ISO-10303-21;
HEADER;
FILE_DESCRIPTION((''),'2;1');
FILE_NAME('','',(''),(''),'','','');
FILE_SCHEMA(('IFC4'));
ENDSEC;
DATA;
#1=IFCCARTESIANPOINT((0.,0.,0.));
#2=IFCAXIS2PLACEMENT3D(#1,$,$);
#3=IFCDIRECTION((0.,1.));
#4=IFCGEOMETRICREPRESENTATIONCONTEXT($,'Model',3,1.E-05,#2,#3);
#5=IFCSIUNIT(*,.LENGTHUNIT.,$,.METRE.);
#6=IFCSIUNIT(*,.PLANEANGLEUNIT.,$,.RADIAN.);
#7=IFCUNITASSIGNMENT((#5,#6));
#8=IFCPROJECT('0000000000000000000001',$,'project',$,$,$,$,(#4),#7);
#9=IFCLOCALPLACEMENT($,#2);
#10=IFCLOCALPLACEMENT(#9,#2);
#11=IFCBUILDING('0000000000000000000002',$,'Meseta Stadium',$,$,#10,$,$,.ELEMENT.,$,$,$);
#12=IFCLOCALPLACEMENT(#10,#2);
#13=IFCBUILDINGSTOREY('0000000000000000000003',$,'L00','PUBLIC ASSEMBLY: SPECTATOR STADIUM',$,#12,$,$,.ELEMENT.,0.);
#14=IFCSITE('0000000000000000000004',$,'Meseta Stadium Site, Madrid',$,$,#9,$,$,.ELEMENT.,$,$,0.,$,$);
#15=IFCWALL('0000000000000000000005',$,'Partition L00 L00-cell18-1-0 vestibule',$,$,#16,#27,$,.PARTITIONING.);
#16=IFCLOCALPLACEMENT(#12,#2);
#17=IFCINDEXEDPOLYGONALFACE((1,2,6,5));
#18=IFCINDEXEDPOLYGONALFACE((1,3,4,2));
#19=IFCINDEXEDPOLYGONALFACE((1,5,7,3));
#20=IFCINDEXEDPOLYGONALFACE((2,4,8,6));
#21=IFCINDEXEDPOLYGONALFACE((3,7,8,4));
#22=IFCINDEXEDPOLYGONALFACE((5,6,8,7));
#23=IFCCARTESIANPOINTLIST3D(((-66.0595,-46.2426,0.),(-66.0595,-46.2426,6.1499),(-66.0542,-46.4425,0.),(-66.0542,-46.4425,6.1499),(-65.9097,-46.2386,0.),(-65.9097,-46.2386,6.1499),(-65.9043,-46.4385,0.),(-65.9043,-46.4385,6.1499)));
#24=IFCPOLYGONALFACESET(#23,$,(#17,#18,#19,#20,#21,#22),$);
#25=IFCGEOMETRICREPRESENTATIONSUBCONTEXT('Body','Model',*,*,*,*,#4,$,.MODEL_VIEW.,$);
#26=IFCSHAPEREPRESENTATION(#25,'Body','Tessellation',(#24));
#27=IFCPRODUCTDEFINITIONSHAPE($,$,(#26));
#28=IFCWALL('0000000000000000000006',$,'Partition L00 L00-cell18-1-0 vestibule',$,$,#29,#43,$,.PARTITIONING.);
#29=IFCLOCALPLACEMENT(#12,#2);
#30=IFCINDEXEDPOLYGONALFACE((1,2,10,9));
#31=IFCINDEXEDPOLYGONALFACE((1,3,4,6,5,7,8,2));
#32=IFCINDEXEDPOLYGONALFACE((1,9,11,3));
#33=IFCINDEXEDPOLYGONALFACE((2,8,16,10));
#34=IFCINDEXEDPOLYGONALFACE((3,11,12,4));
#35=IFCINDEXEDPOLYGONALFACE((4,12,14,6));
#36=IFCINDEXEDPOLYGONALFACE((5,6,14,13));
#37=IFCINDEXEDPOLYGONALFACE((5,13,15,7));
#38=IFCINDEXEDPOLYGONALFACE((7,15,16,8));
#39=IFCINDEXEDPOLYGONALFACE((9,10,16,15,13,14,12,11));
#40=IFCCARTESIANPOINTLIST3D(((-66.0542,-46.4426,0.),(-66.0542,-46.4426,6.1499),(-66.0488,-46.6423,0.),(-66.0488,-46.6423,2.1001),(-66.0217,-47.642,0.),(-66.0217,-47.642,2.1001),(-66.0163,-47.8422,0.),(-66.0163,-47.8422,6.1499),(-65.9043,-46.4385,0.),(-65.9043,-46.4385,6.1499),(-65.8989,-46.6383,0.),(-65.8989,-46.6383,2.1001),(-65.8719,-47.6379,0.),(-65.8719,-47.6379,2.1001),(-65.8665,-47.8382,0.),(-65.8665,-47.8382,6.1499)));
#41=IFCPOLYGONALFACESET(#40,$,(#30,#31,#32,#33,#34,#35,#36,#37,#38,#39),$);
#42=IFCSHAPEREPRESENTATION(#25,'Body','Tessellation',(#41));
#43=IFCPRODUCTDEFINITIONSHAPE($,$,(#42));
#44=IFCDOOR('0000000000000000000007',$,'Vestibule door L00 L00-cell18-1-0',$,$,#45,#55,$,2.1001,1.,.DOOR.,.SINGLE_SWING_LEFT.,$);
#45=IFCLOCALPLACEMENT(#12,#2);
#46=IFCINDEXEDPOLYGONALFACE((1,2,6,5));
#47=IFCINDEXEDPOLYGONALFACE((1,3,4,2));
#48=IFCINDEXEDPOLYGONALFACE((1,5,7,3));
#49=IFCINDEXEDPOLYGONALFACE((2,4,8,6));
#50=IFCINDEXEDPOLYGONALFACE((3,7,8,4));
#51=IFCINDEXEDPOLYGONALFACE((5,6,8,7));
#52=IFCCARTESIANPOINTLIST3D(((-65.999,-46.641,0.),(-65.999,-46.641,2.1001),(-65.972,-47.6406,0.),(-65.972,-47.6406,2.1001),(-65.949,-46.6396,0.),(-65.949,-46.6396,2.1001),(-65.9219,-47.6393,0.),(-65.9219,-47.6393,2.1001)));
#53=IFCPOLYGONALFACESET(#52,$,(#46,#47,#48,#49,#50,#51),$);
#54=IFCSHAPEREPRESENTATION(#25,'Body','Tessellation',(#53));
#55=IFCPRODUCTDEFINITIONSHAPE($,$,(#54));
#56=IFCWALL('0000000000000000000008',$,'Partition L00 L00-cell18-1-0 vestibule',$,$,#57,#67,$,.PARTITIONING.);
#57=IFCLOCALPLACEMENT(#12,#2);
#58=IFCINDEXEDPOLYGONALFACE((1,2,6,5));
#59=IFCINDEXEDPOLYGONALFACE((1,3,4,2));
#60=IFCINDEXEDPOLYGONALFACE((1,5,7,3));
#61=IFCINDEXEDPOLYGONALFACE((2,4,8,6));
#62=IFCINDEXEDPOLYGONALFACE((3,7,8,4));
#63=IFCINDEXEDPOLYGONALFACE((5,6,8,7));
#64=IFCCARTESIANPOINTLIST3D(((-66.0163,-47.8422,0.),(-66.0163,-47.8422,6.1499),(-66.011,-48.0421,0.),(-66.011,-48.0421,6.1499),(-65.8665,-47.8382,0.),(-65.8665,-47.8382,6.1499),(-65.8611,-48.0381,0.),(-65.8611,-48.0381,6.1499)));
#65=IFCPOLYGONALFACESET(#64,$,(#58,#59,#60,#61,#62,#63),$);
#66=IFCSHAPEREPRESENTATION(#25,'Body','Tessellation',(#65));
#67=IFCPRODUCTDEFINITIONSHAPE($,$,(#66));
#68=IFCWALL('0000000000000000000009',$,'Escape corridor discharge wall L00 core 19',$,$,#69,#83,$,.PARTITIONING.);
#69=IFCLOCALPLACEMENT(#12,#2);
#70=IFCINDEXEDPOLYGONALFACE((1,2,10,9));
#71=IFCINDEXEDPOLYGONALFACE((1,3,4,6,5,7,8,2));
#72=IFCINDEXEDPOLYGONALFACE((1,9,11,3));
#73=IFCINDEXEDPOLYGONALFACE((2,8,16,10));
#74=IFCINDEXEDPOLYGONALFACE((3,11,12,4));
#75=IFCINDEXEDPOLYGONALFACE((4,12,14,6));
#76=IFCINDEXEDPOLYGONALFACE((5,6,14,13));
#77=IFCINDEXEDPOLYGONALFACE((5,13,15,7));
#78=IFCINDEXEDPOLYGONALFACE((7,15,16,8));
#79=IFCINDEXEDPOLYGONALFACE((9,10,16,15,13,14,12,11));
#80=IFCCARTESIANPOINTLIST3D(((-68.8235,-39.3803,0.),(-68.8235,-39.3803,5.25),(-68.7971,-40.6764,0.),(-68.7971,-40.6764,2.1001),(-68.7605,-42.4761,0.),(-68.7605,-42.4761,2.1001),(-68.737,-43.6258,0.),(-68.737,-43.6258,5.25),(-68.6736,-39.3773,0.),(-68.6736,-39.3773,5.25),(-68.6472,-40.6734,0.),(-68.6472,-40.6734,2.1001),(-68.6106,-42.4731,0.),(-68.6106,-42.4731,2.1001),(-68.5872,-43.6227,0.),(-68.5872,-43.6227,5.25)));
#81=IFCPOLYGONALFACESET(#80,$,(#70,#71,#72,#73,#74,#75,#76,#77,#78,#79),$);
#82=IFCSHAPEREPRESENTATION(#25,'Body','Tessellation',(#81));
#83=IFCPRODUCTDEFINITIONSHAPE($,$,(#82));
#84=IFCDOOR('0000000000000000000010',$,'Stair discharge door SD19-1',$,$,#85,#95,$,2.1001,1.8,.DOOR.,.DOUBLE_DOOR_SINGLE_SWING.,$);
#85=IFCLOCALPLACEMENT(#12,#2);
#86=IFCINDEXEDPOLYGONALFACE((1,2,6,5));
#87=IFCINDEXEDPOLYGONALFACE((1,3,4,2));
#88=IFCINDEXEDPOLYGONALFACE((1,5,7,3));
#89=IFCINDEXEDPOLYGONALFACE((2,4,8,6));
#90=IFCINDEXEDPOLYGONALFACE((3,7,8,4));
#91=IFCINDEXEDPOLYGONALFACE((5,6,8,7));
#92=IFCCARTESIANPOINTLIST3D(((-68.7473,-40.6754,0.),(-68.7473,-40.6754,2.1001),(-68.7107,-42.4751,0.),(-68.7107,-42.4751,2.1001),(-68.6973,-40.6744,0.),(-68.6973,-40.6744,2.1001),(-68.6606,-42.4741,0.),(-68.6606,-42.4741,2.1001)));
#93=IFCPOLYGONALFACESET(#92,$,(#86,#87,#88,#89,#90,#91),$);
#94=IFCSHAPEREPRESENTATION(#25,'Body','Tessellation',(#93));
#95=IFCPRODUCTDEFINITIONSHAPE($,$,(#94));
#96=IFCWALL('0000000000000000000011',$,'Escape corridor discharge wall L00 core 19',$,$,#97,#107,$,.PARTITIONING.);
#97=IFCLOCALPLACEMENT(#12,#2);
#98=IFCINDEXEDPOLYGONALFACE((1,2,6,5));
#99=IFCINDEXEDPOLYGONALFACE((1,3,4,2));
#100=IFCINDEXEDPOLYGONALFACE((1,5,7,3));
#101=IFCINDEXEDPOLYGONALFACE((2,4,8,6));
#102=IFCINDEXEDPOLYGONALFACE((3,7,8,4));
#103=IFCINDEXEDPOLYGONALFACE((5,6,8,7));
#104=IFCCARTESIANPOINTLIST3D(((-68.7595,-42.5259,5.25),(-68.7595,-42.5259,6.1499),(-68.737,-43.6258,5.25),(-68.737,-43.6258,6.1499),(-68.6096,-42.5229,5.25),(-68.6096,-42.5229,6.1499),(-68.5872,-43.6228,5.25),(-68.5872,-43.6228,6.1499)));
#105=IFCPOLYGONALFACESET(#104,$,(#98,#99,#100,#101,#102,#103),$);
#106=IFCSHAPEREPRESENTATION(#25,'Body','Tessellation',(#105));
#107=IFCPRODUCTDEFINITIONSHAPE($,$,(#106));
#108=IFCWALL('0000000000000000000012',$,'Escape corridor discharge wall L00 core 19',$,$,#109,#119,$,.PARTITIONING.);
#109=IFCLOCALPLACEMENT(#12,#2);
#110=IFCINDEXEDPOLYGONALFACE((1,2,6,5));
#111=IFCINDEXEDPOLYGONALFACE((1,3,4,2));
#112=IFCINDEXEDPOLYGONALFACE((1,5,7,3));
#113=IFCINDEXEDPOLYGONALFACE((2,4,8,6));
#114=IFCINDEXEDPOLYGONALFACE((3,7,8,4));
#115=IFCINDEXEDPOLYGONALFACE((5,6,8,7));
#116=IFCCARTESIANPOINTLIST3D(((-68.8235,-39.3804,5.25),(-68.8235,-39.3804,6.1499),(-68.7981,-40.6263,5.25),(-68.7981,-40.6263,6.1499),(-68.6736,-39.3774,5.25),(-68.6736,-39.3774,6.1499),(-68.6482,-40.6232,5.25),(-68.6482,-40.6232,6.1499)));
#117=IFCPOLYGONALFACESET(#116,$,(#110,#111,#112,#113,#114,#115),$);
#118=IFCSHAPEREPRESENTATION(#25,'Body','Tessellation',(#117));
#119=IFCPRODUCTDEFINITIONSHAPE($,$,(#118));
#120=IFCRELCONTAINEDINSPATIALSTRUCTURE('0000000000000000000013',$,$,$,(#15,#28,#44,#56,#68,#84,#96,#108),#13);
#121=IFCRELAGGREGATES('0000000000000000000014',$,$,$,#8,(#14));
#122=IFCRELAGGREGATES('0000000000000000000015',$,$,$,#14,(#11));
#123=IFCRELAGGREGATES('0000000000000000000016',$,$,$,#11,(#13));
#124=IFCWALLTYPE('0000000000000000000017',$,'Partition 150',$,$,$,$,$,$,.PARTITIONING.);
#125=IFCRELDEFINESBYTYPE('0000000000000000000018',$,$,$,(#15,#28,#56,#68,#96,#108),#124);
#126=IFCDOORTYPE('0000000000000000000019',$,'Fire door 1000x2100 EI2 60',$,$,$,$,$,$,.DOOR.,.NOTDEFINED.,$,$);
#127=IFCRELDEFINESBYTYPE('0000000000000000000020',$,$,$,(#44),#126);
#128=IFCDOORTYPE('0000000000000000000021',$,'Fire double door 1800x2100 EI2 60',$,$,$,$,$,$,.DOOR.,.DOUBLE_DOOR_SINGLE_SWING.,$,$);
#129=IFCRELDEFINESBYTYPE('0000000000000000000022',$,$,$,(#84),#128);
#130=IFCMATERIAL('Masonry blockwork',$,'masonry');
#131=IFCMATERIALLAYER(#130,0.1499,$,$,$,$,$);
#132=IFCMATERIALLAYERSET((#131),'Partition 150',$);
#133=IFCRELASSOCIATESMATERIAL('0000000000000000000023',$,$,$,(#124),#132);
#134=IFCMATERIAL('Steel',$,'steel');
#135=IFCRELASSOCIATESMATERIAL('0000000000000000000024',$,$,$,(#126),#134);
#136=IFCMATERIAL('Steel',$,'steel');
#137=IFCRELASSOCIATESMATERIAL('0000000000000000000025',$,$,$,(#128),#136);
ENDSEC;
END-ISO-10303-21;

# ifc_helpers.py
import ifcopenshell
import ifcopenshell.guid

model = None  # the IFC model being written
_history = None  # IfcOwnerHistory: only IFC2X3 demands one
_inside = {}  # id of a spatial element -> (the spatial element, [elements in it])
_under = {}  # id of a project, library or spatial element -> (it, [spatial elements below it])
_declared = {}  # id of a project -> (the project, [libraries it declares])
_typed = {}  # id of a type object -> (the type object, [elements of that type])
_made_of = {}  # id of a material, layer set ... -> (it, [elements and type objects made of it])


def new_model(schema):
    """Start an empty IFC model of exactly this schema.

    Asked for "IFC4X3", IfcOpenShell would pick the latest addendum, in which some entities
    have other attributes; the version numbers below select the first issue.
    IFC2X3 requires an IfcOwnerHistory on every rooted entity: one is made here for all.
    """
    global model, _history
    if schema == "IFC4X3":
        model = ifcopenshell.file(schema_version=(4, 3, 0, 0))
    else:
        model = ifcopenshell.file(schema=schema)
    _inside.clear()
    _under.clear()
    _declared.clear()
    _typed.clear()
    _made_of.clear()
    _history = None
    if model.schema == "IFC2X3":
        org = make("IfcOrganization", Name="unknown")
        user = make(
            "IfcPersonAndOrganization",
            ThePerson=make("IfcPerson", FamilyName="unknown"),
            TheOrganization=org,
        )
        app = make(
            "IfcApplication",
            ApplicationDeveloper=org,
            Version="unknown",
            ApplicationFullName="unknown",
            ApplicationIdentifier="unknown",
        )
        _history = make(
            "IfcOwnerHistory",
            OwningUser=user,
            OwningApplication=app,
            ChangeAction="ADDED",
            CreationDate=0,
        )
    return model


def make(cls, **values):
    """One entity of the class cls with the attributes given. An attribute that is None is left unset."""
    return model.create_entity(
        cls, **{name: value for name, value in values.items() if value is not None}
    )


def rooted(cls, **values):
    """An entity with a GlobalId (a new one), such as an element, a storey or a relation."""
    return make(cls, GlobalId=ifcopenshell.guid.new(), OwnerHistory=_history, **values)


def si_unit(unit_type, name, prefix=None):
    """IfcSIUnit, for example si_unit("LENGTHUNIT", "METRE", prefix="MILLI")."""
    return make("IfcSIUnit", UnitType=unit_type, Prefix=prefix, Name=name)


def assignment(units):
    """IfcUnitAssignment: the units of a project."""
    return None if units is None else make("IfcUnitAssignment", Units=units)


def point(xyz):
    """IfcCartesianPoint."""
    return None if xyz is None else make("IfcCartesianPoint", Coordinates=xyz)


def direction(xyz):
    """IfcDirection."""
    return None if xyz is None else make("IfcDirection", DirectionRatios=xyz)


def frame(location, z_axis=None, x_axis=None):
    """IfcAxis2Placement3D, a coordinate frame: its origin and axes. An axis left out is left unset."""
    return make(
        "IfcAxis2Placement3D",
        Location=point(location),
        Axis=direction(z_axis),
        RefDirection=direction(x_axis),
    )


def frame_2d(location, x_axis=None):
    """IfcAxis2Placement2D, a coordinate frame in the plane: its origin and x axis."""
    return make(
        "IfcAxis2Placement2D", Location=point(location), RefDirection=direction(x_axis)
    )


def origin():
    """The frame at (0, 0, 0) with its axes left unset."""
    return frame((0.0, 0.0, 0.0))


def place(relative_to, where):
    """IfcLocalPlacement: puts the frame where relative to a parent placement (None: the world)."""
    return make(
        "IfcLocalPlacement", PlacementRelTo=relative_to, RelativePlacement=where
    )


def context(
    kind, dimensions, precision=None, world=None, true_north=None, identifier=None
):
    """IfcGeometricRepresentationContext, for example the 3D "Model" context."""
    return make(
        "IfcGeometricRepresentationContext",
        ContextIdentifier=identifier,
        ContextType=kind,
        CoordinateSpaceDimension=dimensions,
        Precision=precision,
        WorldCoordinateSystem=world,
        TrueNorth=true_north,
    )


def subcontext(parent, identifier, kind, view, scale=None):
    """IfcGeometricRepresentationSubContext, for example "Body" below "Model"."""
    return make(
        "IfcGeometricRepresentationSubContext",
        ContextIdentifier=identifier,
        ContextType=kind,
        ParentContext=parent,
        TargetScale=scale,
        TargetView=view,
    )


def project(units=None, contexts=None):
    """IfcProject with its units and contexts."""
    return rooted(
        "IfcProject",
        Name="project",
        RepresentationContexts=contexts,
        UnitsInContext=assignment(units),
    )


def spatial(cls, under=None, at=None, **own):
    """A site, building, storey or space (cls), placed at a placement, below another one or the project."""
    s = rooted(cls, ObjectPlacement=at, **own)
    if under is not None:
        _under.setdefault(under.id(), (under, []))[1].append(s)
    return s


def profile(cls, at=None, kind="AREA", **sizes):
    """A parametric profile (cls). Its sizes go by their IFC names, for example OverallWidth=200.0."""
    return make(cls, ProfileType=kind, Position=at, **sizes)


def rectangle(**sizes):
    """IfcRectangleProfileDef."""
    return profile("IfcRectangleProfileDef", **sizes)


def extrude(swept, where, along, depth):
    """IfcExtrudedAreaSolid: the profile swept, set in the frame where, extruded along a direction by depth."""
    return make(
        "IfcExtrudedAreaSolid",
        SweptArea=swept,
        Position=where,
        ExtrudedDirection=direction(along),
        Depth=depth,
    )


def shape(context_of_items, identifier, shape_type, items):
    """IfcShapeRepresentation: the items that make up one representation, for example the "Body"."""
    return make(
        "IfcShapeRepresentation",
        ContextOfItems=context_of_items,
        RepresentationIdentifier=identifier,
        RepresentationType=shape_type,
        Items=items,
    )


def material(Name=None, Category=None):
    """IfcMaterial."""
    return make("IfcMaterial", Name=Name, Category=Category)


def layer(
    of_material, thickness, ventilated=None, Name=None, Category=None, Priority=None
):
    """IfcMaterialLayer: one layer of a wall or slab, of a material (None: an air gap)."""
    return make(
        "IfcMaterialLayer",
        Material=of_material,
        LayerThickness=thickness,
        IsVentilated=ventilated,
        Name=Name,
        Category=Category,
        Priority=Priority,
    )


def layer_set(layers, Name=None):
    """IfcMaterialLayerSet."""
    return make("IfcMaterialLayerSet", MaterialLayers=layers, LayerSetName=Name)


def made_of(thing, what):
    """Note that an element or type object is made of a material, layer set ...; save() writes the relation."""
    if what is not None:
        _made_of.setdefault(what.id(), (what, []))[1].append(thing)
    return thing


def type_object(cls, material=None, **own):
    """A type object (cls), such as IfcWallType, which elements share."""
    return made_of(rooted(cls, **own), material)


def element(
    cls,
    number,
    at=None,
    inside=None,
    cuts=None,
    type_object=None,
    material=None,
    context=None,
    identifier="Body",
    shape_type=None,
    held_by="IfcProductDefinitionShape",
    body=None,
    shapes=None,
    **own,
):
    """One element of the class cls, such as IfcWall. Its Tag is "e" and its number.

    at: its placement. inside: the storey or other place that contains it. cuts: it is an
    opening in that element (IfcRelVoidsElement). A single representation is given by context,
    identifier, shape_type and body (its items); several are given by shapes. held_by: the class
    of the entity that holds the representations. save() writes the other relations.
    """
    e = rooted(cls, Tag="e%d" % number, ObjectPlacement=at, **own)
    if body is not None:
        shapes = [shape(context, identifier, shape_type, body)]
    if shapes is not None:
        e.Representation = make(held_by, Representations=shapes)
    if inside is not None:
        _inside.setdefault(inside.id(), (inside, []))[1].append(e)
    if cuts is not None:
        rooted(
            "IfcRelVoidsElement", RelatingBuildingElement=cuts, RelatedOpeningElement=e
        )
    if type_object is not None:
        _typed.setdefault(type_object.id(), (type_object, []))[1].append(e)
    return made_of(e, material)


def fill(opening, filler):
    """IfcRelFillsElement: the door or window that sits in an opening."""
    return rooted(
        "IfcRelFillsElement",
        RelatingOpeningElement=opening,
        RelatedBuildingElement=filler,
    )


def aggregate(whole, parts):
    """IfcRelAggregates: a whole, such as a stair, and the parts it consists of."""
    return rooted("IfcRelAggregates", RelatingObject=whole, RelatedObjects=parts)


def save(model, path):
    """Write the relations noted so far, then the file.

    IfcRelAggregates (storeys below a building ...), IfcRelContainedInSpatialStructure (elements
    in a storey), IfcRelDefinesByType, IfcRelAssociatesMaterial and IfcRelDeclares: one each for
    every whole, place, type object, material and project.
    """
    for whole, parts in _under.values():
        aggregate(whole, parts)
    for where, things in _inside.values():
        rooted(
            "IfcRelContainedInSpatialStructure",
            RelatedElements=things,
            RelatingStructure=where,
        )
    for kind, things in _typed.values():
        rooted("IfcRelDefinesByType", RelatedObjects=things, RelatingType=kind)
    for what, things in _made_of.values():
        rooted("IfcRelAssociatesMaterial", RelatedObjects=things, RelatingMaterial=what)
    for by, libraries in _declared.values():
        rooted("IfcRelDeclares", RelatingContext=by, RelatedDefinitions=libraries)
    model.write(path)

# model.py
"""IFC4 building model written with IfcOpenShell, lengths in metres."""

from ifc_helpers import new_model, si_unit, direction, frame, frame_2d, origin, place, context, subcontext, project, spatial, rectangle, extrude, material, layer, layer_set, type_object, element, fill, save


model = new_model("IFC4")

# Units and contexts
model_context = context("Model", 3, precision=1e-05, world=origin(), true_north=direction((0.0, 1.0)))
body_context = subcontext(model_context, "Body", "Model", "MODEL_VIEW")
ifc_project = project(units=[si_unit("LENGTHUNIT", "METRE"), si_unit("PLANEANGLEUNIT", "RADIAN")], contexts=[model_context])

# Site, building, storey
site_placement = place(None, origin())
site = spatial("IfcSite", under=ifc_project, at=site_placement, Name="Meseta Stadium Site, Madrid", CompositionType="ELEMENT", RefElevation=0.0)
building_placement = place(site_placement, origin())
building = spatial("IfcBuilding", under=site, at=building_placement, Name="Meseta Stadium", CompositionType="ELEMENT")
storey_placement = place(building_placement, origin())
storey = spatial("IfcBuildingStorey", under=building, at=storey_placement, Name="L00", Description="PUBLIC ASSEMBLY: SPECTATOR STADIUM", CompositionType="ELEMENT", Elevation=0.0)

# Shared definitions
ifc_material_1 = material(Name="Masonry blockwork", Category="masonry")
ifc_layer = layer(ifc_material_1, 0.1499)
ifc_layer_set = layer_set([ifc_layer], Name="Partition 150")
wall_type = type_object("IfcWallType", Name="Partition 150", PredefinedType="PARTITIONING", material=ifc_layer_set)

# Shared definitions
ifc_material_2 = material(Name="Steel", Category="steel")
door_type_1 = type_object("IfcDoorType", Name="Fire door 1000x2100 EI2 60", OperationType="NOTDEFINED", PredefinedType="DOOR", material=ifc_material_2)

# Wall
wall_1_placement = place(storey_placement, frame((-65.9846, -46.2405, 0.0), z_axis=(0.0, 0.0, 1.0), x_axis=(0.026852, -0.999639, 0.0)))
element("IfcWall", 1, at=wall_1_placement, inside=storey, type_object=wall_type, Name="Partition L00 L00-cell18-1-0 vestibule", PredefinedType="PARTITIONING", context=body_context, shape_type="SweptSolid", body=[
    extrude(rectangle(XDim=0.2, YDim=0.1499, at=frame_2d((0.1001, 0.0))), origin(), (0.0, 0.0, 1.0), 6.1499),
])

# Wall, opening, door
wall_2_placement = place(storey_placement, frame((-65.9792, -46.4404, 0.0), z_axis=(0.0, 0.0, 1.0), x_axis=(0.027027, -0.999635, 0.0)))
wall_2 = element("IfcWall", 2, at=wall_2_placement, inside=storey, type_object=wall_type, Name="Partition L00 L00-cell18-1-0 vestibule", PredefinedType="PARTITIONING", context=body_context, shape_type="SweptSolid", body=[
    extrude(rectangle(XDim=1.4001, YDim=0.1499, at=frame_2d((0.7002, 0.0))), origin(), (0.0, 0.0, 1.0), 6.1499),
])
opening_1_placement = place(wall_2_placement, frame((0.2, 0.0, 0.0)))
opening_1 = element("IfcOpeningElement", 3, at=opening_1_placement, cuts=wall_2, PredefinedType="OPENING", context=body_context, shape_type="SweptSolid", body=[
    extrude(rectangle(XDim=1.0, YDim=2.1001, at=frame_2d((0.5, 1.05))), frame((0.0, 0.085, 0.0), z_axis=(0.0, -1.0, 0.0), x_axis=(1.0, 0.0, 0.0)), (0.0, 0.0, 1.0), 0.1699),
])
door_1_placement = place(opening_1_placement, origin())
door_1 = element("IfcDoor", 4, at=door_1_placement, inside=storey, type_object=door_type_1, Name="Vestibule door L00 L00-cell18-1-0", OperationType="SINGLE_SWING_LEFT", OverallHeight=2.1001, OverallWidth=1.0, PredefinedType="DOOR", context=body_context, shape_type="SweptSolid", body=[
    extrude(rectangle(XDim=1.0, YDim=2.1001, at=frame_2d((0.5, 1.05))), frame((0.0, 0.0249, 0.0), z_axis=(0.0, -1.0, 0.0), x_axis=(1.0, 0.0, 0.0)), (0.0, 0.0, 1.0), 0.05),
])
fill(opening_1, door_1)

# Wall
wall_3_placement = place(storey_placement, frame((-65.9414, -47.8401, 0.0), z_axis=(0.0, 0.0, 1.0), x_axis=(0.026852, -0.999639, 0.0)))
element("IfcWall", 5, at=wall_3_placement, inside=storey, type_object=wall_type, Name="Partition L00 L00-cell18-1-0 vestibule", PredefinedType="PARTITIONING", context=body_context, shape_type="SweptSolid", body=[
    extrude(rectangle(XDim=0.2, YDim=0.1499, at=frame_2d((0.1001, 0.0))), origin(), (0.0, 0.0, 1.0), 6.1499),
])

# Wall, opening, door
wall_4_placement = place(storey_placement, frame((-68.7485, -39.3789, 0.0), z_axis=(0.0, 0.0, 1.0), x_axis=(0.020353, -0.999793, 0.0)))
wall_4 = element("IfcWall", 6, at=wall_4_placement, inside=storey, type_object=wall_type, Name="Escape corridor discharge wall L00 core 19", PredefinedType="PARTITIONING", context=body_context, shape_type="SweptSolid", body=[
    extrude(rectangle(XDim=4.2463, YDim=0.1499, at=frame_2d((2.123, 0.0))), origin(), (0.0, 0.0, 1.0), 5.25),
])
opening_2_placement = place(wall_4_placement, frame((1.2964, 0.0, 0.0)))
opening_2 = element("IfcOpeningElement", 7, at=opening_2_placement, cuts=wall_4, PredefinedType="OPENING", context=body_context, shape_type="SweptSolid", body=[
    extrude(rectangle(XDim=1.8, YDim=2.1001, at=frame_2d((0.8999, 1.05))), frame((0.0, 0.085, 0.0), z_axis=(0.0, -1.0, 0.0), x_axis=(1.0, 0.0, 0.0)), (0.0, 0.0, 1.0), 0.1699),
])
ifc_material_3 = material(Name="Steel", Category="steel")
door_type_2 = type_object("IfcDoorType", Name="Fire double door 1800x2100 EI2 60", OperationType="DOUBLE_DOOR_SINGLE_SWING", PredefinedType="DOOR", material=ifc_material_3)
door_2_placement = place(opening_2_placement, origin())
door_2 = element("IfcDoor", 8, at=door_2_placement, inside=storey, type_object=door_type_2, Name="Stair discharge door SD19-1", OperationType="DOUBLE_DOOR_SINGLE_SWING", OverallHeight=2.1001, OverallWidth=1.8, PredefinedType="DOOR", context=body_context, shape_type="SweptSolid", body=[
    extrude(rectangle(XDim=1.8, YDim=2.1001, at=frame_2d((0.8999, 1.05))), frame((0.0, 0.0249, 0.0), z_axis=(0.0, -1.0, 0.0), x_axis=(1.0, 0.0, 0.0)), (0.0, 0.0, 1.0), 0.05),
])
fill(opening_2, door_2)

# Walls
wall_5_placement = place(storey_placement, frame((-68.6846, -42.5244, 5.25), z_axis=(0.0, 0.0, 1.0), x_axis=(0.020417, -0.999792, 0.0)))
element("IfcWall", 9, at=wall_5_placement, inside=storey, type_object=wall_type, Name="Escape corridor discharge wall L00 core 19", PredefinedType="PARTITIONING", context=body_context, shape_type="SweptSolid", body=[
    extrude(rectangle(XDim=1.1001, YDim=0.1499, at=frame_2d((0.55, 0.0))), origin(), (0.0, 0.0, 1.0), 0.8999),
])
wall_6_placement = place(storey_placement, frame((-68.7485, -39.3789, 5.25), z_axis=(0.0, 0.0, 1.0), x_axis=(0.020376, -0.999792, 0.0)))
element("IfcWall", 10, at=wall_6_placement, inside=storey, type_object=wall_type, Name="Escape corridor discharge wall L00 core 19", PredefinedType="PARTITIONING", context=body_context, shape_type="SweptSolid", body=[
    extrude(rectangle(XDim=1.2461, YDim=0.1499, at=frame_2d((0.623, 0.0))), origin(), (0.0, 0.0, 1.0), 0.8999),
])

save(model, "model.ifc")
